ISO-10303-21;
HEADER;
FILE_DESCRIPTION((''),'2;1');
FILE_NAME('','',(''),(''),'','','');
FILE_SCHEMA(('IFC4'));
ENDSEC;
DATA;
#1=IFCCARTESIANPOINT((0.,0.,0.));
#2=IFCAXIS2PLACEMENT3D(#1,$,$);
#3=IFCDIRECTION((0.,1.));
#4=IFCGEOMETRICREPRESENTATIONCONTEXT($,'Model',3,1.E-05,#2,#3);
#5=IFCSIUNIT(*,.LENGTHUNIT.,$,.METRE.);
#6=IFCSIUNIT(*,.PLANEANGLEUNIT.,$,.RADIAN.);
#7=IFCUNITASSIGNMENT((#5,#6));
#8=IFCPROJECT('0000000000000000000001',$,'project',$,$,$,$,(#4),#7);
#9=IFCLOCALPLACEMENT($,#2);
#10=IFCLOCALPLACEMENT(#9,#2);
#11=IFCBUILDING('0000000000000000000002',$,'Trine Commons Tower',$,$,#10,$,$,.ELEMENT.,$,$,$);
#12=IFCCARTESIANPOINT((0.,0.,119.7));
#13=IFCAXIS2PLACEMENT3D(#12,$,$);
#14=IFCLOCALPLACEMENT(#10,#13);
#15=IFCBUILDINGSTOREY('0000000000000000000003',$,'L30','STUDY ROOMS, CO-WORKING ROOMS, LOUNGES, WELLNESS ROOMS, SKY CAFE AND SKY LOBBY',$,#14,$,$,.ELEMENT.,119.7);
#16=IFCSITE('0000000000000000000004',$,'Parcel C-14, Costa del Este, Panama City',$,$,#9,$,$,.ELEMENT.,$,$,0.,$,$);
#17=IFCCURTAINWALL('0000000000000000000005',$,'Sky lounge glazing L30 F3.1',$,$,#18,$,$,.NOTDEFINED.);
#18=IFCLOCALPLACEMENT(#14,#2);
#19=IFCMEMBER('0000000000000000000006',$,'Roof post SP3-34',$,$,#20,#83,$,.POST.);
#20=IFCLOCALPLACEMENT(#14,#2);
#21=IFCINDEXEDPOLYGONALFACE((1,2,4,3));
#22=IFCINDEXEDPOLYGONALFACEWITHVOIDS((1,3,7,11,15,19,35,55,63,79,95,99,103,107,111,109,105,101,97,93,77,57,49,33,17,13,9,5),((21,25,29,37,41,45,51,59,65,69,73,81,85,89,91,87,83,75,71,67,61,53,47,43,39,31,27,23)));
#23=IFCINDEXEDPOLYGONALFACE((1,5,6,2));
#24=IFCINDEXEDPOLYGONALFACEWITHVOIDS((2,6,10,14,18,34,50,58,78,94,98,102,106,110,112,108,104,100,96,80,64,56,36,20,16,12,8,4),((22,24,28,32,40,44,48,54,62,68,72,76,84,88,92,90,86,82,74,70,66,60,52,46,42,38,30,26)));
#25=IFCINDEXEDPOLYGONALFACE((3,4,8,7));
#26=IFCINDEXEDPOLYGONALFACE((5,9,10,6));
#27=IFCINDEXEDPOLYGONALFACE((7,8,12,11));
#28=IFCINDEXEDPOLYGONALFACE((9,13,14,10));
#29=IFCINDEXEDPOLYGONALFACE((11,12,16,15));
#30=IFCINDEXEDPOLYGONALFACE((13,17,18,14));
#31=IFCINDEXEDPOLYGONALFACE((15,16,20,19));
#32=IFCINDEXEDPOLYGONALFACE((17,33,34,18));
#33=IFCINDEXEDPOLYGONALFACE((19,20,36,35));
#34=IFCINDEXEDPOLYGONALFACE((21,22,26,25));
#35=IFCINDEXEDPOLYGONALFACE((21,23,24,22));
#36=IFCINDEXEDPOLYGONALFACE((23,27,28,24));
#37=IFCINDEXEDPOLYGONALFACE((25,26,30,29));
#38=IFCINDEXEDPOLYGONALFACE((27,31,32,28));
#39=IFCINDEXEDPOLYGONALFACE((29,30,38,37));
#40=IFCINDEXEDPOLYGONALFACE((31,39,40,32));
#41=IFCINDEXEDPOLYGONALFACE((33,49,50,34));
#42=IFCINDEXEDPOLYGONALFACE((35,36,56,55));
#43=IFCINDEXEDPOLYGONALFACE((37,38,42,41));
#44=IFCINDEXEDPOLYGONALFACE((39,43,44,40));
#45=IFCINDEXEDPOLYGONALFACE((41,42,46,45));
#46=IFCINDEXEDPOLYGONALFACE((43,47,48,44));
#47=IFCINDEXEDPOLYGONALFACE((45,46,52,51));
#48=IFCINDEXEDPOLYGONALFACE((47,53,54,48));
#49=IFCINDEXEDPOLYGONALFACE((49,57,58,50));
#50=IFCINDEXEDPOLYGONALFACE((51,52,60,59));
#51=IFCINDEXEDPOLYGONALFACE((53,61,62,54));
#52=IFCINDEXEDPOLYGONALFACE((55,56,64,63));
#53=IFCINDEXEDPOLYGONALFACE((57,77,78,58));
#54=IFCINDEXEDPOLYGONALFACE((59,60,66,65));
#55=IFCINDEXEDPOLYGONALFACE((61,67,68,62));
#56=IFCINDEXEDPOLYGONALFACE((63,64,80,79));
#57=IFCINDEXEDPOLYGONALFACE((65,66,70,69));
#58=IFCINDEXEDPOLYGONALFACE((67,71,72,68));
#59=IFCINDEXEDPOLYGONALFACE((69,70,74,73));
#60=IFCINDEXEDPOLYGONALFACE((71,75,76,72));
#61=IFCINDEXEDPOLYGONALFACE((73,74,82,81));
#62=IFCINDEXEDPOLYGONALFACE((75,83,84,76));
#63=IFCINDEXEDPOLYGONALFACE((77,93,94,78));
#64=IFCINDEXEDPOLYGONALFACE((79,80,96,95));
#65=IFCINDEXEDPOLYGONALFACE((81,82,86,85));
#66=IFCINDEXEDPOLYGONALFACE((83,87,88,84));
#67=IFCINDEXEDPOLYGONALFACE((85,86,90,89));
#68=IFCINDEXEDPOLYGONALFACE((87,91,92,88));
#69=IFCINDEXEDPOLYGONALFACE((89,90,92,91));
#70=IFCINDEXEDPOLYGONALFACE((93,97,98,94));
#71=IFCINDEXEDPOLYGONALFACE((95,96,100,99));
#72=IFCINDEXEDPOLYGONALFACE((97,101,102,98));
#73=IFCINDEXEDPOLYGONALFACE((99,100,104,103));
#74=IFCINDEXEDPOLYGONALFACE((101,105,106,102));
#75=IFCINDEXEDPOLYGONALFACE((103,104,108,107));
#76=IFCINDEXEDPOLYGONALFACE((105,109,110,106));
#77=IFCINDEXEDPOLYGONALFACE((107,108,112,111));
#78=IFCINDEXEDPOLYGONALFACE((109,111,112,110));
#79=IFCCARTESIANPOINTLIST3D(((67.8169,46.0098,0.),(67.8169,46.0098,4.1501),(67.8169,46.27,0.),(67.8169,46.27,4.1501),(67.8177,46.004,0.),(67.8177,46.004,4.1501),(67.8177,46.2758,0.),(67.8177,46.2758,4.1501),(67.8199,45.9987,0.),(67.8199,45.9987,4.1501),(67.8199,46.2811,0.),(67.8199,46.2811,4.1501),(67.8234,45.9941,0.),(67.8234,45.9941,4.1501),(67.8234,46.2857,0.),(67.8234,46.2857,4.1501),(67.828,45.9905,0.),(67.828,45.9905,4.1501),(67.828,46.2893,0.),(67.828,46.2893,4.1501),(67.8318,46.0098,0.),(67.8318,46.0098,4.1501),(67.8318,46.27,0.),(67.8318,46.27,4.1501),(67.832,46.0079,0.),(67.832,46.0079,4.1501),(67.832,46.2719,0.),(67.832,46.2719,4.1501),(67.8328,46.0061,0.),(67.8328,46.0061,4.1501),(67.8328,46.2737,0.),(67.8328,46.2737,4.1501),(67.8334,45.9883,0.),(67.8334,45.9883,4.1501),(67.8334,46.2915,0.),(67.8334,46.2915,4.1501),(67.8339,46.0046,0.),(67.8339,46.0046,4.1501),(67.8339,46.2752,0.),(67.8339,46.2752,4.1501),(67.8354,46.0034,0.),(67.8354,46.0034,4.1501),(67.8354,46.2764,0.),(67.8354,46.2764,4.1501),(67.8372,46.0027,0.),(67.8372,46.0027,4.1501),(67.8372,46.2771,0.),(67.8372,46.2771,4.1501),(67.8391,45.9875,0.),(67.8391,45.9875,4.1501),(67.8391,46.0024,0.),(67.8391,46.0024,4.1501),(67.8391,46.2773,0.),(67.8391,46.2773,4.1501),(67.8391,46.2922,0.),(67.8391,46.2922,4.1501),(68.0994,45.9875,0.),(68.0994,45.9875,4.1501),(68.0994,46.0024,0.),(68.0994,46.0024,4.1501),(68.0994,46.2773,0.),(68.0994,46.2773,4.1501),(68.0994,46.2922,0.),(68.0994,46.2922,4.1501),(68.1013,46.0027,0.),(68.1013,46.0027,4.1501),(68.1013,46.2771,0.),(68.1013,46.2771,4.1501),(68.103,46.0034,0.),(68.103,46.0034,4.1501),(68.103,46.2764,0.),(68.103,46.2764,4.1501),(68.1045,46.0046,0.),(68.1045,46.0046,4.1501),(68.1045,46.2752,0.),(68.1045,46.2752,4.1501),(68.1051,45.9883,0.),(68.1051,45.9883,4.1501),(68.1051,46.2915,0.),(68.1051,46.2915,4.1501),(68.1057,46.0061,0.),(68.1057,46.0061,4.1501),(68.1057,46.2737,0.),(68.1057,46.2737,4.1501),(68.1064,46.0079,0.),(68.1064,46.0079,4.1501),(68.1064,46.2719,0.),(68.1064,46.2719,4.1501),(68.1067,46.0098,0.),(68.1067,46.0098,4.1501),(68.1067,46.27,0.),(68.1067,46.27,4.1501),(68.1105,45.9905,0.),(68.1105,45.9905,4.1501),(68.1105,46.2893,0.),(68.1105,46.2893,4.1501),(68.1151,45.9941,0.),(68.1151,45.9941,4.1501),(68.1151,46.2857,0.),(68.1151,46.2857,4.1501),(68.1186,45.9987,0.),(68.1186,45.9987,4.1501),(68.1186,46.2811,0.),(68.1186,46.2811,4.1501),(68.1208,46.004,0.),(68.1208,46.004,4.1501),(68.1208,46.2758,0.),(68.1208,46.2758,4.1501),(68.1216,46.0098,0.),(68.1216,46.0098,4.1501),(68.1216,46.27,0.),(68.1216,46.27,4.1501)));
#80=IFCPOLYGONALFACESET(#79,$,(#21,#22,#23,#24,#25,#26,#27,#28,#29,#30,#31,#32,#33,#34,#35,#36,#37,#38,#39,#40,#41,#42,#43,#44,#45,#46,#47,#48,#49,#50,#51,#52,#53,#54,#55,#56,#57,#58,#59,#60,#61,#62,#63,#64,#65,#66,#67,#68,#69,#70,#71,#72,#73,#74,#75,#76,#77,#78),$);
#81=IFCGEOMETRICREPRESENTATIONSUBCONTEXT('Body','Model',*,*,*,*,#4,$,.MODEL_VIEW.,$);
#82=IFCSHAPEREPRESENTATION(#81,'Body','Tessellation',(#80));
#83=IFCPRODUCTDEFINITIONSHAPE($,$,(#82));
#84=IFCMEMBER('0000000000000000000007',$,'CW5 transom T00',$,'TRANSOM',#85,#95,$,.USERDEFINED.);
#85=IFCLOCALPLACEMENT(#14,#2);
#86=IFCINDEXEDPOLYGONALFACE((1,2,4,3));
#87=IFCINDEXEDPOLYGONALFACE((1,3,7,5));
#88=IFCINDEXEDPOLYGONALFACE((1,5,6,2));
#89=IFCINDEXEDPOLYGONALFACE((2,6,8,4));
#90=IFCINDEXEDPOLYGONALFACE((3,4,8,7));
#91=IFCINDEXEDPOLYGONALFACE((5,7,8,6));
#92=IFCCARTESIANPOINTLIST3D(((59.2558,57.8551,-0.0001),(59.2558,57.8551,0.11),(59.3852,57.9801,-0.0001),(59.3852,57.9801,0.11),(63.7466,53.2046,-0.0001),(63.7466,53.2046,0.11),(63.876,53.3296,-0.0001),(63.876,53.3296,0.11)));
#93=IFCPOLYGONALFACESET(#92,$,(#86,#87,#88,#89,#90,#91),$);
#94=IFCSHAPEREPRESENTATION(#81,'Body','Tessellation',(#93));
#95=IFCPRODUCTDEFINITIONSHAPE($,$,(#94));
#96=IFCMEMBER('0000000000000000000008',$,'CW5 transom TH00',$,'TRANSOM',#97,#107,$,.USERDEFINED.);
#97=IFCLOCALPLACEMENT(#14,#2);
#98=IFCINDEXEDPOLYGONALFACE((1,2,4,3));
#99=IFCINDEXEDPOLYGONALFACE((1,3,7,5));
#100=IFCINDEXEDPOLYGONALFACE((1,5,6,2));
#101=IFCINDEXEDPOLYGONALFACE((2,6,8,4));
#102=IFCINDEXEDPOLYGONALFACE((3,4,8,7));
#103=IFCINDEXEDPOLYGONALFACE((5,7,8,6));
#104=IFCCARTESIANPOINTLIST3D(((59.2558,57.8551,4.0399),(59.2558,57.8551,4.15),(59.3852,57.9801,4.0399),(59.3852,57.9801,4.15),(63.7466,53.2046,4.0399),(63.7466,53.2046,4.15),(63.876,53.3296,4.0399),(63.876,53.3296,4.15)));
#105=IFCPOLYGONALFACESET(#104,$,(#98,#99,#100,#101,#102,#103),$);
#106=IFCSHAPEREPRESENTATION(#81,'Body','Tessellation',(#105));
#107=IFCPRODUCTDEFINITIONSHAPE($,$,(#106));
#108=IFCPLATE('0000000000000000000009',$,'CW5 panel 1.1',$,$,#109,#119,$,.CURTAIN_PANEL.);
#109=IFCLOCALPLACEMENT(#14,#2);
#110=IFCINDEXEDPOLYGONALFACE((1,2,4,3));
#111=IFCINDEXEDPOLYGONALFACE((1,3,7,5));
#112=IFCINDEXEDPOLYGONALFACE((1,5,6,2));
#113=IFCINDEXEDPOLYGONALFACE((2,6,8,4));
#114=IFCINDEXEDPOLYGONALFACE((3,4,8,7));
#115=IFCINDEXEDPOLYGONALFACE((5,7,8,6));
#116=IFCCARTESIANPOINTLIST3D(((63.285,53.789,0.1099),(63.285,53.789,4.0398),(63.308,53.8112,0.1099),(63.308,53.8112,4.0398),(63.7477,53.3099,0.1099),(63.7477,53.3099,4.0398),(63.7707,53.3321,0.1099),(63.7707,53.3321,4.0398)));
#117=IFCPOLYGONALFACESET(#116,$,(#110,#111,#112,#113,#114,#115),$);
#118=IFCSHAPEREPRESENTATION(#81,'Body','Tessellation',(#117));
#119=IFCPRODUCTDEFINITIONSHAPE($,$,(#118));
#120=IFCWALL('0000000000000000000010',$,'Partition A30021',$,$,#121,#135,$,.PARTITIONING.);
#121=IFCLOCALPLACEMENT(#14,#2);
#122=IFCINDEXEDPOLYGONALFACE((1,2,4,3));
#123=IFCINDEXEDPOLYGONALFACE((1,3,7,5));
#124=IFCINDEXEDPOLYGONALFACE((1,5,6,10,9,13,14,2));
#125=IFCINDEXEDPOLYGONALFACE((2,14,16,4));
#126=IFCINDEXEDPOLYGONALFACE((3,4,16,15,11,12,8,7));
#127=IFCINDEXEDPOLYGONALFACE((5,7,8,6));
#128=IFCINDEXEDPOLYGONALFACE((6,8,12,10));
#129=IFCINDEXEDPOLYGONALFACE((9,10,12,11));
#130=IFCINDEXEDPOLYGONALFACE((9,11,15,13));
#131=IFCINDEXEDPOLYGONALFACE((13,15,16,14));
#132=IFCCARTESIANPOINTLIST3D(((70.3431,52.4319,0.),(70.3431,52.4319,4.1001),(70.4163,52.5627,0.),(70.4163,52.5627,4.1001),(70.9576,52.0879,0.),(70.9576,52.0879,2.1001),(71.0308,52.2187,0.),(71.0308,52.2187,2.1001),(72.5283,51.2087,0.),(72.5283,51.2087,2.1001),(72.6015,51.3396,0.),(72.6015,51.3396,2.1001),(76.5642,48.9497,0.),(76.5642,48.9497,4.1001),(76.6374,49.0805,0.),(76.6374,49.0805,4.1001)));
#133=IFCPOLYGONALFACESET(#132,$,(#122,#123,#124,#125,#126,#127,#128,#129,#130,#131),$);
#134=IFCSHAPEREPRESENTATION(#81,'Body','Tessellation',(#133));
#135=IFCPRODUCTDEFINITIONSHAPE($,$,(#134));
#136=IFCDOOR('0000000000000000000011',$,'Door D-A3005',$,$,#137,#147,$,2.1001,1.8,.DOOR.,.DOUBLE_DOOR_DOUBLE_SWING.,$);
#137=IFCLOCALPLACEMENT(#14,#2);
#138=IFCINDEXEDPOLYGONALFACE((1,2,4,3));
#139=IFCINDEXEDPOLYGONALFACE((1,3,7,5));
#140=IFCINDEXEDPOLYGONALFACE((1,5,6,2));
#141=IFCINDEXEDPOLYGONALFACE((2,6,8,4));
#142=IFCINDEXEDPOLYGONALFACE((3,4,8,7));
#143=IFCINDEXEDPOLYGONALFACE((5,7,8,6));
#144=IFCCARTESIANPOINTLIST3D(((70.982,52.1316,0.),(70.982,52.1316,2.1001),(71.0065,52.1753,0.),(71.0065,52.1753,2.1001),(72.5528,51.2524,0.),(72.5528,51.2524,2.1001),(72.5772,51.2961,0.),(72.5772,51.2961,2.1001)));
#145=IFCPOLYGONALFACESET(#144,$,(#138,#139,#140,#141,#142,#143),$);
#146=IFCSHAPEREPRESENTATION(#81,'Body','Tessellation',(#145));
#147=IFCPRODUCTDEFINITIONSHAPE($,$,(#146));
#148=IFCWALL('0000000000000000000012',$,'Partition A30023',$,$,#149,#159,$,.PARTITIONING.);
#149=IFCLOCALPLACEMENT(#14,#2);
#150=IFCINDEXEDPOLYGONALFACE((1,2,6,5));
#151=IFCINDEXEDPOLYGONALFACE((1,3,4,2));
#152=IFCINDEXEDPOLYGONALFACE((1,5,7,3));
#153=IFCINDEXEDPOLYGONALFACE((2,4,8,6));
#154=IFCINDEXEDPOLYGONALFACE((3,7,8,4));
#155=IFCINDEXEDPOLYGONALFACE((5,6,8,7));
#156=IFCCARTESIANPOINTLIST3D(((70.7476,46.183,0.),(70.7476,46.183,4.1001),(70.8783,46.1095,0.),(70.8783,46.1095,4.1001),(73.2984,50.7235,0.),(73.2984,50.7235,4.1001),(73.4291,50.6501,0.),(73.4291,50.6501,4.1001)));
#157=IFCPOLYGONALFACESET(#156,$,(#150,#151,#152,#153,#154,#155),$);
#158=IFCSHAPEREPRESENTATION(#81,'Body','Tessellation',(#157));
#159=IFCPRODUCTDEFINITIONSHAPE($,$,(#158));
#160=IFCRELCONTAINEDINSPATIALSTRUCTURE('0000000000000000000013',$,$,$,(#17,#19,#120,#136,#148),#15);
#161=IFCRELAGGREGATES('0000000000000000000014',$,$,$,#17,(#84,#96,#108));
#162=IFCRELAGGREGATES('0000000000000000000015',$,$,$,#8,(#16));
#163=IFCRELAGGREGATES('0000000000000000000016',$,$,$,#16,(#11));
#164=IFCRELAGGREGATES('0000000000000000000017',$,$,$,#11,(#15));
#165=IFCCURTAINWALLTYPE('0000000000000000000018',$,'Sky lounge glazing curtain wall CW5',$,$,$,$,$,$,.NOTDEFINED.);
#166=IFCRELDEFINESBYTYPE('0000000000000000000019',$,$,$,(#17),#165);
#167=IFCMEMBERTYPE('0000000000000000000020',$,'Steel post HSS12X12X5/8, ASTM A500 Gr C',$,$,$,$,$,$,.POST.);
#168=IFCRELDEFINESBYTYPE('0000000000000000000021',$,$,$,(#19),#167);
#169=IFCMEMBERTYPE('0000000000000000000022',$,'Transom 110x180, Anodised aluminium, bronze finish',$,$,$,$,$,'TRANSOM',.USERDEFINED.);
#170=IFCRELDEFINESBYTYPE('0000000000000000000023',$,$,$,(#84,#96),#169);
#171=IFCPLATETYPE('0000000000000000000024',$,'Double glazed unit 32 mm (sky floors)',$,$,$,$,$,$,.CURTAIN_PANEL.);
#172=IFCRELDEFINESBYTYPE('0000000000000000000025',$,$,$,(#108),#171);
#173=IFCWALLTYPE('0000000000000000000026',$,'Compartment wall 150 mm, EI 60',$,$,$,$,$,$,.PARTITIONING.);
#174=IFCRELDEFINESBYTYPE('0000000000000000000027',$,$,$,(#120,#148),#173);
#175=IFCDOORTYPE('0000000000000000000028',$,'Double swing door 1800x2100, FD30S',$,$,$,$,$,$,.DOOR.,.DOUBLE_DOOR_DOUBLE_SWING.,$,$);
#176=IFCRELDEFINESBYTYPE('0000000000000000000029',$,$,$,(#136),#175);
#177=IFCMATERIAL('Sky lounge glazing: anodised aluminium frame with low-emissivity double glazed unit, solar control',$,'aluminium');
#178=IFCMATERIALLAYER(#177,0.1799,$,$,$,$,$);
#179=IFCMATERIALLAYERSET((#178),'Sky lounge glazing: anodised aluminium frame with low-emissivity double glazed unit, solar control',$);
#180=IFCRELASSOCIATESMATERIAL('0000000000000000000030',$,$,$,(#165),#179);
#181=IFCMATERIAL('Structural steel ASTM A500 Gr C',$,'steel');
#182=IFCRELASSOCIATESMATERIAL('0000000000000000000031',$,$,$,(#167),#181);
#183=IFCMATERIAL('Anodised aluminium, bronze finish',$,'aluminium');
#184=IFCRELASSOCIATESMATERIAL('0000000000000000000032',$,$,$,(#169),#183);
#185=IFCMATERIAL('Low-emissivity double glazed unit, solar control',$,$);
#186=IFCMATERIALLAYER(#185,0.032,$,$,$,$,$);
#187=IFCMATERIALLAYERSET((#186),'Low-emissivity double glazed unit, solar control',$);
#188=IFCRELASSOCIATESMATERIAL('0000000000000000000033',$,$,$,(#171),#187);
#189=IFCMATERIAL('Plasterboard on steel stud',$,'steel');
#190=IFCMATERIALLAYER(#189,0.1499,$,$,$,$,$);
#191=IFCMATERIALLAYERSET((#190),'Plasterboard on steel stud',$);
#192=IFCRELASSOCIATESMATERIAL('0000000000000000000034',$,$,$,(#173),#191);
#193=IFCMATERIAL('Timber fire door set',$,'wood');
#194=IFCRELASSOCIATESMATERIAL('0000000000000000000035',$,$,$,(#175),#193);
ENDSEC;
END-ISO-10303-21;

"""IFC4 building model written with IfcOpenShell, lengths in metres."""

from ifc_helpers import new_model, si_unit, direction, frame, frame_2d, origin, origin_2d, place, context, subcontext, project, spatial, rectangle, hollow_rectangle, extrude, material, layer, layer_set, material_profile, profile_set, type_object, element, fill, aggregate, save


model = new_model("IFC4")

# Units and contexts
model_context = context("Model", 3, precision=1e-05, world=origin(), true_north=direction((0.0, 1.0)))
body_context = subcontext(model_context, "Body", "Model", "MODEL_VIEW")
ifc_project = project(units=[si_unit("LENGTHUNIT", "METRE"), si_unit("PLANEANGLEUNIT", "RADIAN")], contexts=[model_context])

# Site, building, storey
site_placement = place(None, origin())
site = spatial("IfcSite", under=ifc_project, at=site_placement, Name="Parcel C-14, Costa del Este, Panama City", CompositionType="ELEMENT", RefElevation=0.0)
building_placement = place(site_placement, origin())
building = spatial("IfcBuilding", under=site, at=building_placement, Name="Trine Commons Tower", CompositionType="ELEMENT")
storey_placement = place(building_placement, frame((0.0, 0.0, 119.7)))
storey = spatial("IfcBuildingStorey", under=building, at=storey_placement, Name="L30", Description="STUDY ROOMS, CO-WORKING ROOMS, LOUNGES, WELLNESS ROOMS, SKY CAFE AND SKY LOBBY", CompositionType="ELEMENT", Elevation=119.7)

# Curtain wall
ifc_material_1 = material(Name="Sky lounge glazing: anodised aluminium frame with low-emissivity double glazed unit, solar control", Category="aluminium")
ifc_layer_1 = layer(ifc_material_1, 0.1799)
ifc_layer_set_1 = layer_set([ifc_layer_1], Name="Sky lounge glazing: anodised aluminium frame with low-emissivity double glazed unit, solar control")
curtain_wall_type = type_object("IfcCurtainWallType", Name="Sky lounge glazing curtain wall CW5", PredefinedType="NOTDEFINED", material=ifc_layer_set_1)
curtain_wall_placement = place(storey_placement, origin())
curtain_wall = element("IfcCurtainWall", 1, at=curtain_wall_placement, inside=storey, type_object=curtain_wall_type, Name="Sky lounge glazing L30 F3.1", PredefinedType="NOTDEFINED")
ifc_material_2 = material(Name="Anodised aluminium, bronze finish", Category="aluminium")

# Member
ifc_material_3 = material(Name="Structural steel ASTM A500 Gr C", Category="steel")
ifc_material_profile_1 = material_profile(ifc_material_3, hollow_rectangle(XDim=0.3047, YDim=0.3047, WallThickness=0.0149, InnerFilletRadius=0.0073, OuterFilletRadius=0.0222, at=origin_2d()), Name="HSS12X12X5/8")
ifc_profile_set_1 = profile_set([ifc_material_profile_1], Name="Structural steel ASTM A500 Gr C")
member_type_1 = type_object("IfcMemberType", Name="Steel post HSS12X12X5/8, ASTM A500 Gr C", PredefinedType="POST", material=ifc_profile_set_1)
member_1_placement = place(storey_placement, frame((67.9692, 46.1399, 0.0), z_axis=(0.0, 0.0, 1.0), x_axis=(1.0, 0.0, 0.0)))
element("IfcMember", 2, at=member_1_placement, inside=storey, type_object=member_type_1, Name="Roof post SP3-34", PredefinedType="POST", context=body_context, shape_type="SweptSolid", body=[
    extrude(hollow_rectangle(XDim=0.3047, YDim=0.3047, WallThickness=0.0149, InnerFilletRadius=0.0073, OuterFilletRadius=0.0222, at=origin_2d()), origin(), (0.0, 0.0, 1.0), 4.1501),
])

# Members
ifc_material_profile_2 = material_profile(ifc_material_2, rectangle(XDim=0.1799, YDim=0.1101, at=origin_2d()), Name="Transom 110x180")
ifc_profile_set_2 = profile_set([ifc_material_profile_2], Name="Anodised aluminium, bronze finish")
member_type_2 = type_object("IfcMemberType", Name="Transom 110x180, Anodised aluminium, bronze finish", ElementType="TRANSOM", PredefinedType="USERDEFINED", material=ifc_profile_set_2)
member_2_placement = place(storey_placement, frame((63.8113, 53.2671, 0.0549), z_axis=(-0.69465, 0.719348, 0.0), x_axis=(-0.719348, -0.69465, 0.0)))
member_2 = element("IfcMember", 3, at=member_2_placement, type_object=member_type_2, Name="CW5 transom T00", ObjectType="TRANSOM", PredefinedType="USERDEFINED", context=body_context, shape_type="SweptSolid", body=[
    extrude(rectangle(XDim=0.1799, YDim=0.1101, at=origin_2d()), origin(), (0.0, 0.0, 1.0), 6.4648),
])
member_3_placement = place(storey_placement, frame((63.8113, 53.2671, 4.095), z_axis=(-0.69465, 0.719348, 0.0), x_axis=(-0.719348, -0.69465, 0.0)))
member_3 = element("IfcMember", 4, at=member_3_placement, type_object=member_type_2, Name="CW5 transom TH00", ObjectType="TRANSOM", PredefinedType="USERDEFINED", context=body_context, shape_type="SweptSolid", body=[
    extrude(rectangle(XDim=0.1799, YDim=0.1101, at=origin_2d()), origin(), (0.0, 0.0, 1.0), 6.4648),
])

# Plate
ifc_material_4 = material(Name="Low-emissivity double glazed unit, solar control")
ifc_layer_2 = layer(ifc_material_4, 0.032)
ifc_layer_set_2 = layer_set([ifc_layer_2], Name="Low-emissivity double glazed unit, solar control")
plate_type = type_object("IfcPlateType", Name="Double glazed unit 32 mm (sky floors)", PredefinedType="CURTAIN_PANEL", material=ifc_layer_set_2)
plate_placement = place(storey_placement, frame((63.5278, 53.5605, 0.1099), z_axis=(0.0, 0.0, 1.0), x_axis=(-0.694658, 0.71934, 0.0)))
plate = element("IfcPlate", 5, at=plate_placement, type_object=plate_type, Name="CW5 panel 1.1", PredefinedType="CURTAIN_PANEL", context=body_context, shape_type="SweptSolid", body=[
    extrude(rectangle(XDim=0.666, YDim=0.032, at=origin_2d()), origin(), (0.0, 0.0, 1.0), 3.9299),
])
aggregate(curtain_wall, [member_2, member_3, plate])

# Wall, opening, door
ifc_material_5 = material(Name="Plasterboard on steel stud", Category="steel")
ifc_layer_3 = layer(ifc_material_5, 0.1499)
ifc_layer_set_3 = layer_set([ifc_layer_3], Name="Plasterboard on steel stud")
wall_type_1 = type_object("IfcWallType", Name="Compartment wall 150 mm, EI 60", PredefinedType="PARTITIONING", material=ifc_layer_set_3)
wall_1_placement = place(storey_placement, frame((76.6008, 49.0151, 0.0), z_axis=(0.0, 0.0, 1.0), x_axis=(-0.872607, 0.488423, 0.0)))
wall_1 = element("IfcWall", 6, at=wall_1_placement, inside=storey, type_object=wall_type_1, Name="Partition A30021", PredefinedType="PARTITIONING", context=body_context, shape_type="SweptSolid", body=[
    extrude(rectangle(XDim=7.1294, YDim=0.1499, at=frame_2d((3.5647, 0.0))), origin(), (0.0, 0.0, 1.0), 4.1001),
])
opening_1_placement = place(wall_1_placement, frame((4.6252, 0.0, 0.0)))
opening_1 = element("IfcOpeningElement", 7, at=opening_1_placement, cuts=wall_1, PredefinedType="OPENING", context=body_context, shape_type="SweptSolid", body=[
    extrude(rectangle(XDim=1.8, YDim=2.1001, at=frame_2d((0.8999, 1.05))), frame((0.0, 0.085, 0.0), z_axis=(0.0, -1.0, 0.0), x_axis=(1.0, 0.0, 0.0)), (0.0, 0.0, 1.0), 0.1699),
])
ifc_material_6 = material(Name="Timber fire door set", Category="wood")
door_type_1 = type_object("IfcDoorType", Name="Double swing door 1800x2100, FD30S", OperationType="DOUBLE_DOOR_DOUBLE_SWING", PredefinedType="DOOR", material=ifc_material_6)
door_1_placement = place(opening_1_placement, origin())
door_1 = element("IfcDoor", 8, at=door_1_placement, inside=storey, type_object=door_type_1, Name="Door D-A3005", OperationType="DOUBLE_DOOR_DOUBLE_SWING", OverallHeight=2.1001, OverallWidth=1.8, PredefinedType="DOOR", context=body_context, shape_type="SweptSolid", body=[
    extrude(rectangle(XDim=1.8, YDim=2.1001, at=frame_2d((0.8999, 1.05))), frame((0.0, 0.0249, 0.0), z_axis=(0.0, -1.0, 0.0), x_axis=(1.0, 0.0, 0.0)), (0.0, 0.0, 1.0), 0.05),
])
fill(opening_1, door_1)

# Wall
wall_2_placement = place(storey_placement, frame((70.813, 46.1462, 0.0), z_axis=(0.0, 0.0, 1.0), x_axis=(0.489785, 0.871843, 0.0)))
element("IfcWall", 9, at=wall_2_placement, inside=storey, type_object=wall_type_1, Name="Partition A30023", PredefinedType="PARTITIONING", context=body_context, shape_type="SweptSolid", body=[
    extrude(rectangle(XDim=5.208, YDim=0.1499, at=frame_2d((2.604, 0.0))), origin(), (0.0, 0.0, 1.0), 4.1001),
])

save(model, "model.ifc")
